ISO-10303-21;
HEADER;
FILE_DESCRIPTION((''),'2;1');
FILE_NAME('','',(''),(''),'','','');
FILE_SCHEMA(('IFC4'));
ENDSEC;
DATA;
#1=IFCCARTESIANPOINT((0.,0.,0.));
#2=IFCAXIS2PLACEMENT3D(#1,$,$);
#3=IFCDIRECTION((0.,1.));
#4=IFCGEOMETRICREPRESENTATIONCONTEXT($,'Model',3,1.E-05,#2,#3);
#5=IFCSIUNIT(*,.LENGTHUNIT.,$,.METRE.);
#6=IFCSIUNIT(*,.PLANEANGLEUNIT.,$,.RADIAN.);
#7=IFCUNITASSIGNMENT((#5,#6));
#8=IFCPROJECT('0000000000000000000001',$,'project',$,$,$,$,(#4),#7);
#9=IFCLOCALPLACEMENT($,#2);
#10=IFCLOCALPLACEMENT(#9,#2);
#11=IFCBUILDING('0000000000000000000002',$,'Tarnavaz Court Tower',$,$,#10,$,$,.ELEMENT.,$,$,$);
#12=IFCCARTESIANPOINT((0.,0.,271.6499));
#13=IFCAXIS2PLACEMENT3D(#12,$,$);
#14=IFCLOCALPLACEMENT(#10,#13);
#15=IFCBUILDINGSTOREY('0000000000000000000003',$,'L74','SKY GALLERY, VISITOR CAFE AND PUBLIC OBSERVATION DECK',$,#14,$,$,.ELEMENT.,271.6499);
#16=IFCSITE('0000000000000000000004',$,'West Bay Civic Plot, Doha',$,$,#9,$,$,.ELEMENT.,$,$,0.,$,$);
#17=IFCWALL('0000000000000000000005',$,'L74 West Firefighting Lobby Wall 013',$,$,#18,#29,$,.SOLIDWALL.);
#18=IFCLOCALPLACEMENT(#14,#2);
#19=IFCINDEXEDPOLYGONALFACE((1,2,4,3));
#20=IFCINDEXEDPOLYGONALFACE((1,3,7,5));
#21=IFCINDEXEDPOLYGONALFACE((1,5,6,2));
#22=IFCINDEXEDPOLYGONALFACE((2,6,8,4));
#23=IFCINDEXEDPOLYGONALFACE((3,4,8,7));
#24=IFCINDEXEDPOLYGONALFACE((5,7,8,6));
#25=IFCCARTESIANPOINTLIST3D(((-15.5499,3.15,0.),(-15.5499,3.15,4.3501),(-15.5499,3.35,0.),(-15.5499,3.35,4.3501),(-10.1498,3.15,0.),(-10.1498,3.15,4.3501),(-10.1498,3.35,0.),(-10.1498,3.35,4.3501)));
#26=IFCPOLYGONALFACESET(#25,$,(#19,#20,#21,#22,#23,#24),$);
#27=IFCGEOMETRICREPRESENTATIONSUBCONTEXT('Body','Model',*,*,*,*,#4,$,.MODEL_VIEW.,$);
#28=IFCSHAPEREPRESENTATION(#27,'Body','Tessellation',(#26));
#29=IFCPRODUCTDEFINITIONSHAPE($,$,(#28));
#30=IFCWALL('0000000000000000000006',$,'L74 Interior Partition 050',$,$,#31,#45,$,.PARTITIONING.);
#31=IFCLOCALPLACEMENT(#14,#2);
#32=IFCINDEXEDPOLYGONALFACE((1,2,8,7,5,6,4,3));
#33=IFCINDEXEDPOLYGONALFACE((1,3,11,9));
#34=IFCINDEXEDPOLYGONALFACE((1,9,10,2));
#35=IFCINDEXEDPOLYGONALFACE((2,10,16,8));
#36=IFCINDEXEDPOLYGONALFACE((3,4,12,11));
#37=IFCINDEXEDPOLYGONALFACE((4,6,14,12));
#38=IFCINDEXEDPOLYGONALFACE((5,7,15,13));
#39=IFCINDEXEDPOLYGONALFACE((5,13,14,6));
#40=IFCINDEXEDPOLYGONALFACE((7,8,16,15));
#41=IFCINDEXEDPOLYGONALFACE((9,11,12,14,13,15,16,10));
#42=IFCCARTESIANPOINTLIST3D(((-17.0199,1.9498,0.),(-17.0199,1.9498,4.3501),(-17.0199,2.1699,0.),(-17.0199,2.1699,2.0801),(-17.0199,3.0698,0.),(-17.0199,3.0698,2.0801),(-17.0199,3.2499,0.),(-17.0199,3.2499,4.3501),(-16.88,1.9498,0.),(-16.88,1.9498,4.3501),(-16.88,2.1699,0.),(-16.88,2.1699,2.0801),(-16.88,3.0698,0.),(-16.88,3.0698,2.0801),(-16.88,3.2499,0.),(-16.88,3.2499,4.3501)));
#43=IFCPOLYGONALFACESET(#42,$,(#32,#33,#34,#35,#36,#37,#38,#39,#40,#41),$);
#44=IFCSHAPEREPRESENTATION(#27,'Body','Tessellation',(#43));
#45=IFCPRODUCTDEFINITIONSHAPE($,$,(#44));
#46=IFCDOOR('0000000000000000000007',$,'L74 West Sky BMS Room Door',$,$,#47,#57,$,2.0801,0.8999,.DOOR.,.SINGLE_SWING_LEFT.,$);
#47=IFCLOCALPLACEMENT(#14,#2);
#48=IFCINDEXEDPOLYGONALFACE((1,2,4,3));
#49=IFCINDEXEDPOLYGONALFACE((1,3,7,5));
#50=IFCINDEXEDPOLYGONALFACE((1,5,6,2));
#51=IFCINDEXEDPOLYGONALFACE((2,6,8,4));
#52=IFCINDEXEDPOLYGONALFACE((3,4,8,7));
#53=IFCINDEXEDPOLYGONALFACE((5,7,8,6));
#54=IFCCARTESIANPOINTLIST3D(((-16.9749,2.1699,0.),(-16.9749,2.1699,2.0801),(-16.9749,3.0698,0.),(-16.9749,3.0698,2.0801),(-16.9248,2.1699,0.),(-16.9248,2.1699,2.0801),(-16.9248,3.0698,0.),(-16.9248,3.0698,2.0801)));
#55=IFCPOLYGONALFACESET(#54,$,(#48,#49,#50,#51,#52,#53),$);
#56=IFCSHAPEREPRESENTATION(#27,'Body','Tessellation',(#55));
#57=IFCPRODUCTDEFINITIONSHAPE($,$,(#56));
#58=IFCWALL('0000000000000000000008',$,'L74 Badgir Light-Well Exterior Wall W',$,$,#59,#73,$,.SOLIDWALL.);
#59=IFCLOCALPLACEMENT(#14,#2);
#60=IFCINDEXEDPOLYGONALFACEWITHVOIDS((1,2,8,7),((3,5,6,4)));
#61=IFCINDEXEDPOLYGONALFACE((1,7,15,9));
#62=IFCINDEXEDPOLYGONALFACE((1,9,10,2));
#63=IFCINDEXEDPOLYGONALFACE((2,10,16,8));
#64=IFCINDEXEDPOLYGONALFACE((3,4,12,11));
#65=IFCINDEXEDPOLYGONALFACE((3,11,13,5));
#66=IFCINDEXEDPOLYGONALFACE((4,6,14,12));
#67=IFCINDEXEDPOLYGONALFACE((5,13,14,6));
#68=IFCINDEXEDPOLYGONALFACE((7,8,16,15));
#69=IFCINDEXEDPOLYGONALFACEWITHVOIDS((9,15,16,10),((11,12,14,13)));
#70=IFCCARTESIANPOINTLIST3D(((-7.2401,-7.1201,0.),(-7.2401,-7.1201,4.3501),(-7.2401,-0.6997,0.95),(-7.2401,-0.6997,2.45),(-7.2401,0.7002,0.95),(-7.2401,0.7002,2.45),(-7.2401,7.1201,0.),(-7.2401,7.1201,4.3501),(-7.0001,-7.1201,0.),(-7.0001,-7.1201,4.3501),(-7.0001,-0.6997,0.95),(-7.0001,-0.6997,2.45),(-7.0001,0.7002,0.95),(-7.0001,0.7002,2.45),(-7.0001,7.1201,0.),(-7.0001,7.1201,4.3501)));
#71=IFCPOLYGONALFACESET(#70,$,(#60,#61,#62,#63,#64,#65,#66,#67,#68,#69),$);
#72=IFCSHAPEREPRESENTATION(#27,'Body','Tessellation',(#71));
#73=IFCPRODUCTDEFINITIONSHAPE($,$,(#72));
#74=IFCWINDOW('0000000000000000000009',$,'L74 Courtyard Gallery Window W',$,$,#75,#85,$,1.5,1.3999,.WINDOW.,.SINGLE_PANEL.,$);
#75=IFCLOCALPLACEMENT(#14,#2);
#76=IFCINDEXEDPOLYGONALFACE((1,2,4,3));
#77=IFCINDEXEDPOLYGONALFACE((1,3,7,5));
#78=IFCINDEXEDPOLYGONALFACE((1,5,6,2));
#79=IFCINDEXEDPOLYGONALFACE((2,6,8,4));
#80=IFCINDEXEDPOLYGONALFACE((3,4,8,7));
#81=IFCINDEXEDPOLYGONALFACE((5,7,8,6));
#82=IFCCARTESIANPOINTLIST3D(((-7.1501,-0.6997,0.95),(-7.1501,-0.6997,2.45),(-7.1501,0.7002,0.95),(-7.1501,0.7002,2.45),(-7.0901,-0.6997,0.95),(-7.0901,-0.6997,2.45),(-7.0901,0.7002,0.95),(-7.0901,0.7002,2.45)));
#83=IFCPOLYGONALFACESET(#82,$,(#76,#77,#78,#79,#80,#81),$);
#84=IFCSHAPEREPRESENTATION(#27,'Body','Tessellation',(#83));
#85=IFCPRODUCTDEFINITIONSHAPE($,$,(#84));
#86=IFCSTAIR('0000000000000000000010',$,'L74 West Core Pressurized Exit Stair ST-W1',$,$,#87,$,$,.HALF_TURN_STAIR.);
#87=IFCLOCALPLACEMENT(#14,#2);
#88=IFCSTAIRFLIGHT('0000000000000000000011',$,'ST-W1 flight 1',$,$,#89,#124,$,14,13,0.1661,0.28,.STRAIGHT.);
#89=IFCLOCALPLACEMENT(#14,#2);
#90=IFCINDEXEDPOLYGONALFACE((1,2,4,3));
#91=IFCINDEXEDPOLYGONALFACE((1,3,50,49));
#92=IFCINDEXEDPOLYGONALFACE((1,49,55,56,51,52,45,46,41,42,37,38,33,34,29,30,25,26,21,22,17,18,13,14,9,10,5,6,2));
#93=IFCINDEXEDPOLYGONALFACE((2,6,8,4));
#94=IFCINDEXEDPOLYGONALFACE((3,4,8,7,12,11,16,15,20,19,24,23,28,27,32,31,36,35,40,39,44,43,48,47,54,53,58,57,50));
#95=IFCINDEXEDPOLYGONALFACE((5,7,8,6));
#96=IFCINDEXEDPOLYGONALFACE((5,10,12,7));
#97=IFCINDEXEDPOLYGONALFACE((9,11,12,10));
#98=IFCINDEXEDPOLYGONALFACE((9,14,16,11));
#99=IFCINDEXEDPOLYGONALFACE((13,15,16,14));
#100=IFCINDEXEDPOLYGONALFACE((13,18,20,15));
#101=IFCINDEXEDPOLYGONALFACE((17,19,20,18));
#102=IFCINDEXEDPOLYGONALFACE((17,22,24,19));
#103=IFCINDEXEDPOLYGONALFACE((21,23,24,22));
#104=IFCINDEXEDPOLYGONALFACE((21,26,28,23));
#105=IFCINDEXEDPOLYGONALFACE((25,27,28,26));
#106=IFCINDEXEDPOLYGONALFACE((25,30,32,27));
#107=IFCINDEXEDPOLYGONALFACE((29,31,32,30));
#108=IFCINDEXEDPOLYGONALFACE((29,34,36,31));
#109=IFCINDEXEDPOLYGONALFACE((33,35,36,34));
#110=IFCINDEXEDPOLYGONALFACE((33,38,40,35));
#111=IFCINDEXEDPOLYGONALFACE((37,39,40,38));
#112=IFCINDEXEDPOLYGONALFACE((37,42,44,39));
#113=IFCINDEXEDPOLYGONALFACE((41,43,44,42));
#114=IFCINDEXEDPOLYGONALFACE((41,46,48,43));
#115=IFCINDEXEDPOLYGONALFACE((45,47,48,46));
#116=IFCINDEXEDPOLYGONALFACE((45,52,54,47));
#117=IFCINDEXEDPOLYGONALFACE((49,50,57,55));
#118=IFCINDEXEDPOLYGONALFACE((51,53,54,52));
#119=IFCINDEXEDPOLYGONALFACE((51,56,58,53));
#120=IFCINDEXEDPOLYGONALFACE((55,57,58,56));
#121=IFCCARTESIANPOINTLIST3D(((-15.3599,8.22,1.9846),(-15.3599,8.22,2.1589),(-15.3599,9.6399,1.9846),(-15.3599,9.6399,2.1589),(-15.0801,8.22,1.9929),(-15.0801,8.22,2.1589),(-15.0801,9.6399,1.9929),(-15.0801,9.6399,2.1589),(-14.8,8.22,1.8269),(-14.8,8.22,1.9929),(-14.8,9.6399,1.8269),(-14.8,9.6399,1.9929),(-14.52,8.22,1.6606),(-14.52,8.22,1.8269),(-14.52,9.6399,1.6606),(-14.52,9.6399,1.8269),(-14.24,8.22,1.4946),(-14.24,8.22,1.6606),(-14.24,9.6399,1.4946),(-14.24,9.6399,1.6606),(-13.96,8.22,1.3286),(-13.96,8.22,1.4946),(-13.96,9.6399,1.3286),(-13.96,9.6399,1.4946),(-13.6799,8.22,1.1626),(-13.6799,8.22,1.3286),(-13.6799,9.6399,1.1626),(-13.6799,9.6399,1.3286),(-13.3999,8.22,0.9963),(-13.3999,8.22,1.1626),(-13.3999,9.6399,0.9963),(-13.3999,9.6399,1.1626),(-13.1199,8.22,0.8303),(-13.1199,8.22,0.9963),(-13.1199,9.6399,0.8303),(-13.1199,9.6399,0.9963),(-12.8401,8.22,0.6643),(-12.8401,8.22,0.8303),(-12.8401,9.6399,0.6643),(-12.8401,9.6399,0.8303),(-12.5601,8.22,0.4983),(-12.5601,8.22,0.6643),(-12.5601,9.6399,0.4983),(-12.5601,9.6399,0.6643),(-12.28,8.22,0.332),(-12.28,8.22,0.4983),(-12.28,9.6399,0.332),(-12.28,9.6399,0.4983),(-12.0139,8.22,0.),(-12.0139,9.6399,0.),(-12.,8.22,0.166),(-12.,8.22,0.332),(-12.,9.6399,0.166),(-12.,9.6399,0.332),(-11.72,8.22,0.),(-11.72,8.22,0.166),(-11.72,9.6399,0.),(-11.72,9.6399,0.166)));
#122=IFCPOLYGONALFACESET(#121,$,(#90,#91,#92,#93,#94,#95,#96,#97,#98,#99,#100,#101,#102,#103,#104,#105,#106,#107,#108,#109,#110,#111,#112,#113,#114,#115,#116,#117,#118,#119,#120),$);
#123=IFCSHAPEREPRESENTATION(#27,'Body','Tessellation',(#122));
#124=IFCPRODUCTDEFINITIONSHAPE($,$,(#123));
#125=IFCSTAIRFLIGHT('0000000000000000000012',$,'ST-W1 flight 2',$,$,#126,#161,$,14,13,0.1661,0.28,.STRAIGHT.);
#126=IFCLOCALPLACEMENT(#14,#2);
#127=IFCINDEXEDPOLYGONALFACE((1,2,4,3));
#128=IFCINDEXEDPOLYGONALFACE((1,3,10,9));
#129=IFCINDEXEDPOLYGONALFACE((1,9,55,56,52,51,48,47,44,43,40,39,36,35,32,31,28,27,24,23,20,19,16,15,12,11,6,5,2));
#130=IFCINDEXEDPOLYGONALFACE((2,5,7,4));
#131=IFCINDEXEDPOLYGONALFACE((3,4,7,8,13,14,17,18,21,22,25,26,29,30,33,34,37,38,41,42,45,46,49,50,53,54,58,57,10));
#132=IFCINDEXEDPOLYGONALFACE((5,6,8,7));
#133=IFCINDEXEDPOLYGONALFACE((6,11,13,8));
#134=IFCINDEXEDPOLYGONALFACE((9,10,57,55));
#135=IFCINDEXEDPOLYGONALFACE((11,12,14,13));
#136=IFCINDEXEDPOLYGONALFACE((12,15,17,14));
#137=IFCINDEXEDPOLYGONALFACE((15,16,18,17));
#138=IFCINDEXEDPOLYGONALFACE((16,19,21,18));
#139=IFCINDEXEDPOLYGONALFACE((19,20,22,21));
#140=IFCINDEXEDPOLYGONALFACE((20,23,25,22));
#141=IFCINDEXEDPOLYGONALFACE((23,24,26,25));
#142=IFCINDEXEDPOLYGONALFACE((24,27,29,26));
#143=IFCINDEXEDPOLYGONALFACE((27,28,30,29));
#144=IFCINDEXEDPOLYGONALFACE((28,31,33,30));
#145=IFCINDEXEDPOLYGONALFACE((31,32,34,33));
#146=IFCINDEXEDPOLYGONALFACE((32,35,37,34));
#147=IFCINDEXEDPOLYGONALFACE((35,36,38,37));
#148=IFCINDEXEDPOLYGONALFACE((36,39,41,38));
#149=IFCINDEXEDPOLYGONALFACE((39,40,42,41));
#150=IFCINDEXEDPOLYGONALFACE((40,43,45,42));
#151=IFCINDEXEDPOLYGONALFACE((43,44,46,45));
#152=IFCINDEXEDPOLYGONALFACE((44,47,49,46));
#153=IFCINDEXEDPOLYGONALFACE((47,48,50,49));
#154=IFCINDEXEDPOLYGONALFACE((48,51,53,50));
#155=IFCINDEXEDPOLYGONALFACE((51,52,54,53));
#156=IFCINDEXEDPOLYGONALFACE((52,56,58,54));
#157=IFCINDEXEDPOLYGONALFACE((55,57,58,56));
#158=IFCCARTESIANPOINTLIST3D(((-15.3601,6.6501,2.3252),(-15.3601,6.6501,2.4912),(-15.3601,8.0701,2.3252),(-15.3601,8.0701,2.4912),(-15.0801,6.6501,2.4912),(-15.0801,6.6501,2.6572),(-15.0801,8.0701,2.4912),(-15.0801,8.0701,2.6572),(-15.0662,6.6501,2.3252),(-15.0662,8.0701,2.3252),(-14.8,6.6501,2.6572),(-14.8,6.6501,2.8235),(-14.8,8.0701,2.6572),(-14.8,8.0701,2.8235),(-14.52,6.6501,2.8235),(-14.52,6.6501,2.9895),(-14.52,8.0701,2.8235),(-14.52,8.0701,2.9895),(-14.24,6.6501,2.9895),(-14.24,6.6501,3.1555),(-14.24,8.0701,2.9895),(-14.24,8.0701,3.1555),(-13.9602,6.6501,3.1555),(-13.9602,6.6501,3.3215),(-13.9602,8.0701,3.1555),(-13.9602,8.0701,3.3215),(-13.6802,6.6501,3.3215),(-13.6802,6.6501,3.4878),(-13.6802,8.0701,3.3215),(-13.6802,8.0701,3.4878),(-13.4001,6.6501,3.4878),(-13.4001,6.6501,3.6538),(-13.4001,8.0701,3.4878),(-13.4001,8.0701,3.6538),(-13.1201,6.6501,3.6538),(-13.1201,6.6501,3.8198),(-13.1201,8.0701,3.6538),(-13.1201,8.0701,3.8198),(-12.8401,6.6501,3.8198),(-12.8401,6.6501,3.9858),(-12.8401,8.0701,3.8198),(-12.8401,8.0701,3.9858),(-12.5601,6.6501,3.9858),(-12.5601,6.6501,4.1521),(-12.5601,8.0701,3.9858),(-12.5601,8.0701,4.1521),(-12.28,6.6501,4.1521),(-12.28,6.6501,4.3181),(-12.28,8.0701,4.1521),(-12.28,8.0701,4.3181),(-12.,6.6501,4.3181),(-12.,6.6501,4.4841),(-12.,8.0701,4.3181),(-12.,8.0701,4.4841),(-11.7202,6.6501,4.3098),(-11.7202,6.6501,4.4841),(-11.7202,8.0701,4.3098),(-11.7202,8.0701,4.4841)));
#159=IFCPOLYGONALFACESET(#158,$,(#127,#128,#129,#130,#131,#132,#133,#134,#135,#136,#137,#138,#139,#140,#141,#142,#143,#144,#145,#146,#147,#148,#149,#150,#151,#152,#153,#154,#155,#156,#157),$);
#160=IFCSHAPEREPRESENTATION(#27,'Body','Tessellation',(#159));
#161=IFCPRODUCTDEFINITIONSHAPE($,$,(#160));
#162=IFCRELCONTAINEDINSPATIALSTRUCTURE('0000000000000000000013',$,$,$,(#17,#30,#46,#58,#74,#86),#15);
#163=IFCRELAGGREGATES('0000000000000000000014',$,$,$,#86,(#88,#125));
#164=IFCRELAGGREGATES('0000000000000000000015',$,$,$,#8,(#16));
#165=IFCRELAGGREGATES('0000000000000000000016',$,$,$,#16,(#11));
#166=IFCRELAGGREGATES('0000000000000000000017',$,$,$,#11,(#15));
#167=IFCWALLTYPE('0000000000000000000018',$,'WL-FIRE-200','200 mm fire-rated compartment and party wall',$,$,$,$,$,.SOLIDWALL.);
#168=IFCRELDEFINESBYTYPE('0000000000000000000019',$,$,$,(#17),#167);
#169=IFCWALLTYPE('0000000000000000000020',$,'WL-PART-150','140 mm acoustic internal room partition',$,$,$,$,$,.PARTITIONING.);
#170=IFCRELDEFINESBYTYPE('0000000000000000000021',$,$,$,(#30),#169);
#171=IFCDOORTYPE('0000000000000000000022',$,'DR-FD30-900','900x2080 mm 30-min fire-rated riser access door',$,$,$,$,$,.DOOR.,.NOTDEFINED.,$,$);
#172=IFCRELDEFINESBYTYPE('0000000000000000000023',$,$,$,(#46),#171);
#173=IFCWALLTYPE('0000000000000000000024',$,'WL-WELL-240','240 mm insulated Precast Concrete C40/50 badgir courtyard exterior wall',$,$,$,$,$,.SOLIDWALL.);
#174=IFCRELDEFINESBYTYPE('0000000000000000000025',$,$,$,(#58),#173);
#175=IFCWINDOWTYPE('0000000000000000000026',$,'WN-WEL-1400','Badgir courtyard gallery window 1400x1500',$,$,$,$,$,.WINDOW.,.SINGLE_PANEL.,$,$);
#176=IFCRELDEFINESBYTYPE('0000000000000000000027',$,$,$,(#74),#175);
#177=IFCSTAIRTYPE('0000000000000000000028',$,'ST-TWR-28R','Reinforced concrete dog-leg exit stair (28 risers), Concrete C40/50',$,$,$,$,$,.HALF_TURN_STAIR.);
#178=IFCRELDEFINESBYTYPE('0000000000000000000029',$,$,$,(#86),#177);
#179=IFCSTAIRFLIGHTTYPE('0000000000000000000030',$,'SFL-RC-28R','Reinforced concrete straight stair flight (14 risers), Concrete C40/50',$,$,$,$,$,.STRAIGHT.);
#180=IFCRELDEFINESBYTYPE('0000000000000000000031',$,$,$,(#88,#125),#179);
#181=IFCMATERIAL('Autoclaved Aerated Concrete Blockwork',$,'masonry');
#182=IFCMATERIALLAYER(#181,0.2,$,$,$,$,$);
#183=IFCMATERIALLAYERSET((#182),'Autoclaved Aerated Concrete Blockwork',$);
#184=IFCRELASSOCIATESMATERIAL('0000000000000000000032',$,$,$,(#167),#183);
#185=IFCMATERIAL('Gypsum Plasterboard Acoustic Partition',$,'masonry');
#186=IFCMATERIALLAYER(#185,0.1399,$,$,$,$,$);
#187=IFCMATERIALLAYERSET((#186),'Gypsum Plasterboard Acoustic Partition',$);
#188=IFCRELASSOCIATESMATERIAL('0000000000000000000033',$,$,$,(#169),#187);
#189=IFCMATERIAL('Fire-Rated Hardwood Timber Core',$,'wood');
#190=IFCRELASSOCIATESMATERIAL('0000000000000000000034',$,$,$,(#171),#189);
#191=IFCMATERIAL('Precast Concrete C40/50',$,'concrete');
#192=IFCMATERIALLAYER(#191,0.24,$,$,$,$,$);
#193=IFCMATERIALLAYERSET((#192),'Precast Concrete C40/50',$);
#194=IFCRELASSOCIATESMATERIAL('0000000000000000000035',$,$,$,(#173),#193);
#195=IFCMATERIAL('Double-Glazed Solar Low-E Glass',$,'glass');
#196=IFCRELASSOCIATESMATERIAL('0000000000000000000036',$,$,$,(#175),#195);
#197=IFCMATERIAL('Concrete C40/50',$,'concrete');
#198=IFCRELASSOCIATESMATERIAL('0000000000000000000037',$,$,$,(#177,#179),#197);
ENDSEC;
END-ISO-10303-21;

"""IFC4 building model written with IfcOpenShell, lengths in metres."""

from ifc_helpers import new_model, si_unit, direction, frame, frame_2d, origin, place, context, subcontext, project, spatial, polyline, rectangle, outline, extrude, material, layer, layer_set, type_object, element, fill, aggregate, save


model = new_model("IFC4")

# Units and contexts
model_context = context("Model", 3, precision=1e-05, world=origin(), true_north=direction((0.0, 1.0)))
body_context = subcontext(model_context, "Body", "Model", "MODEL_VIEW")
ifc_project = project(units=[si_unit("LENGTHUNIT", "METRE"), si_unit("PLANEANGLEUNIT", "RADIAN")], contexts=[model_context])

# Site, building, storey
site_placement = place(None, origin())
site = spatial("IfcSite", under=ifc_project, at=site_placement, Name="West Bay Civic Plot, Doha", CompositionType="ELEMENT", RefElevation=0.0)
building_placement = place(site_placement, origin())
building = spatial("IfcBuilding", under=site, at=building_placement, Name="Tarnavaz Court Tower", CompositionType="ELEMENT")
storey_placement = place(building_placement, frame((0.0, 0.0, 271.6499)))
storey = spatial("IfcBuildingStorey", under=building, at=storey_placement, Name="L74", Description="SKY GALLERY, VISITOR CAFE AND PUBLIC OBSERVATION DECK", CompositionType="ELEMENT", Elevation=271.6499)

# Shared definitions
ifc_material_1 = material(Name="Fire-Rated Hardwood Timber Core", Category="wood")

# Wall
ifc_material_2 = material(Name="Autoclaved Aerated Concrete Blockwork", Category="masonry")
ifc_layer_1 = layer(ifc_material_2, 0.2)
ifc_layer_set_1 = layer_set([ifc_layer_1], Name="Autoclaved Aerated Concrete Blockwork")
wall_type_1 = type_object("IfcWallType", Name="WL-FIRE-200", Description="200 mm fire-rated compartment and party wall", PredefinedType="SOLIDWALL", material=ifc_layer_set_1)
wall_1_placement = place(storey_placement, frame((-15.55, 3.25, 0.0), z_axis=(0.0, 0.0, 1.0), x_axis=(1.0, 0.0, 0.0)))
element("IfcWall", 1, at=wall_1_placement, inside=storey, type_object=wall_type_1, Name="L74 West Firefighting Lobby Wall 013", PredefinedType="SOLIDWALL", context=body_context, shape_type="SweptSolid", body=[
    extrude(rectangle(XDim=5.4001, YDim=0.2, at=frame_2d((2.7002, 0.0))), origin(), (0.0, 0.0, 1.0), 4.3501),
])

# Wall, opening, door
ifc_material_3 = material(Name="Gypsum Plasterboard Acoustic Partition", Category="masonry")
ifc_layer_2 = layer(ifc_material_3, 0.1399)
ifc_layer_set_2 = layer_set([ifc_layer_2], Name="Gypsum Plasterboard Acoustic Partition")
wall_type_2 = type_object("IfcWallType", Name="WL-PART-150", Description="140 mm acoustic internal room partition", PredefinedType="PARTITIONING", material=ifc_layer_set_2)
wall_2_placement = place(storey_placement, frame((-16.95, 1.95, 0.0), z_axis=(0.0, 0.0, 1.0), x_axis=(0.0, 1.0, 0.0)))
wall_2 = element("IfcWall", 2, at=wall_2_placement, inside=storey, type_object=wall_type_2, Name="L74 Interior Partition 050", PredefinedType="PARTITIONING", context=body_context, shape_type="SweptSolid", body=[
    extrude(rectangle(XDim=1.3, YDim=0.1399, at=frame_2d((0.6499, 0.0))), origin(), (0.0, 0.0, 1.0), 4.3501),
])
opening_1_placement = place(wall_2_placement, frame((0.22, 0.0, 0.0)))
opening_1 = element("IfcOpeningElement", 3, at=opening_1_placement, cuts=wall_2, PredefinedType="OPENING", context=body_context, shape_type="SweptSolid", body=[
    extrude(rectangle(XDim=0.8999, YDim=2.0801, at=frame_2d((0.45, 1.04))), frame((0.0, 0.0798, 0.0), z_axis=(0.0, -1.0, 0.0), x_axis=(1.0, 0.0, 0.0)), (0.0, 0.0, 1.0), 0.1599),
])
door_type_1 = type_object("IfcDoorType", Name="DR-FD30-900", Description="900x2080 mm 30-min fire-rated riser access door", OperationType="NOTDEFINED", PredefinedType="DOOR", material=ifc_material_1)
door_1_placement = place(opening_1_placement, origin())
door_1 = element("IfcDoor", 4, at=door_1_placement, inside=storey, type_object=door_type_1, Name="L74 West Sky BMS Room Door", OperationType="SINGLE_SWING_LEFT", OverallHeight=2.0801, OverallWidth=0.8999, PredefinedType="DOOR", context=body_context, shape_type="SweptSolid", body=[
    extrude(rectangle(XDim=0.8999, YDim=2.0801, at=frame_2d((0.45, 1.04))), frame((0.0, 0.0249, 0.0), z_axis=(0.0, -1.0, 0.0), x_axis=(1.0, 0.0, 0.0)), (0.0, 0.0, 1.0), 0.05),
])
fill(opening_1, door_1)

# Wall, opening, window
ifc_material_4 = material(Name="Precast Concrete C40/50", Category="concrete")
ifc_layer_3 = layer(ifc_material_4, 0.24)
ifc_layer_set_3 = layer_set([ifc_layer_3], Name="Precast Concrete C40/50")
wall_type_3 = type_object("IfcWallType", Name="WL-WELL-240", Description="240 mm insulated Precast Concrete C40/50 badgir courtyard exterior wall", PredefinedType="SOLIDWALL", material=ifc_layer_set_3)
wall_3_placement = place(storey_placement, frame((-7.1201, 7.1201, 0.0), z_axis=(0.0, 0.0, 1.0), x_axis=(0.0, -1.0, 0.0)))
wall_3 = element("IfcWall", 5, at=wall_3_placement, inside=storey, type_object=wall_type_3, Name="L74 Badgir Light-Well Exterior Wall W", PredefinedType="SOLIDWALL", context=body_context, shape_type="SweptSolid", body=[
    extrude(rectangle(XDim=14.2402, YDim=0.24, at=frame_2d((7.1201, 0.0))), origin(), (0.0, 0.0, 1.0), 4.3501),
])
opening_2_placement = place(wall_3_placement, frame((6.4199, 0.0, 0.95)))
opening_2 = element("IfcOpeningElement", 6, at=opening_2_placement, cuts=wall_3, PredefinedType="OPENING", context=body_context, shape_type="SweptSolid", body=[
    extrude(rectangle(XDim=1.3999, YDim=1.5, at=frame_2d((0.7, 0.75))), frame((0.0, 0.1299, 0.0), z_axis=(0.0, -1.0, 0.0), x_axis=(1.0, 0.0, 0.0)), (0.0, 0.0, 1.0), 0.26),
])
ifc_material_5 = material(Name="Double-Glazed Solar Low-E Glass", Category="glass")
window_type = type_object("IfcWindowType", Name="WN-WEL-1400", Description="Badgir courtyard gallery window 1400x1500", PartitioningType="SINGLE_PANEL", PredefinedType="WINDOW", material=ifc_material_5)
window_placement = place(opening_2_placement, origin())
window = element("IfcWindow", 7, at=window_placement, inside=storey, type_object=window_type, Name="L74 Courtyard Gallery Window W", OverallHeight=1.5, OverallWidth=1.3999, PartitioningType="SINGLE_PANEL", PredefinedType="WINDOW", context=body_context, shape_type="SweptSolid", body=[
    extrude(rectangle(XDim=1.3999, YDim=1.5, at=frame_2d((0.7, 0.75))), frame((0.0, 0.03, 0.0), z_axis=(0.0, -1.0, 0.0), x_axis=(1.0, 0.0, 0.0)), (0.0, 0.0, 1.0), 0.0601),
])
fill(opening_2, window)

# Stair, stair flights
ifc_material_6 = material(Name="Concrete C40/50", Category="concrete")
stair_type = type_object("IfcStairType", Name="ST-TWR-28R", Description="Reinforced concrete dog-leg exit stair (28 risers), Concrete C40/50", PredefinedType="HALF_TURN_STAIR", material=ifc_material_6)
stair_placement = place(storey_placement, origin())
stair = element("IfcStair", 8, at=stair_placement, inside=storey, type_object=stair_type, Name="L74 West Core Pressurized Exit Stair ST-W1", PredefinedType="HALF_TURN_STAIR")
stair_flight_type = type_object("IfcStairFlightType", Name="SFL-RC-28R", Description="Reinforced concrete straight stair flight (14 risers), Concrete C40/50", PredefinedType="STRAIGHT", material=ifc_material_6)
stair_flight_1_placement = place(storey_placement, frame((-11.72, 8.9299, 0.0), z_axis=(0.0, 0.0, 1.0), x_axis=(-1.0, 0.0, 0.0)))
stair_flight_1 = element("IfcStairFlight", 9, at=stair_flight_1_placement, type_object=stair_flight_type, Name="ST-W1 flight 1", NumberOfRisers=14, NumberOfTreads=13, PredefinedType="STRAIGHT", RiserHeight=0.1661, TreadLength=0.28, context=body_context, shape_type="SweptSolid", body=[
    extrude(outline(polyline([(0.0, 0.0), (0.0, 0.166), (0.28, 0.166), (0.28, 0.332), (0.5601, 0.332), (0.5601, 0.4983), (0.8401, 0.4983), (0.8401, 0.6643), (1.1201, 0.6643), (1.1201, 0.8303), (1.3999, 0.8303), (1.3999, 0.9963), (1.6799, 0.9963), (1.6799, 1.1626), (1.96, 1.1626), (1.96, 1.3286), (2.24, 1.3286), (2.24, 1.4946), (2.52, 1.4946), (2.52, 1.6606), (2.8, 1.6606), (2.8, 1.8269), (3.0801, 1.8269), (3.0801, 1.9929), (3.3601, 1.9929), (3.3601, 2.1589), (3.6399, 2.1589), (3.6399, 2.325), (3.6399, 1.9846), (0.2939, 0.0), (0.0, 0.0)])), frame((0.0, 0.71, 0.0), z_axis=(0.0, -1.0, 0.0), x_axis=(1.0, 0.0, 0.0)), (0.0, 0.0, 1.0), 1.4199),
])
stair_flight_2_placement = place(storey_placement, frame((-15.3601, 7.3601, 2.3252), z_axis=(0.0, 0.0, 1.0), x_axis=(1.0, 0.0, 0.0)))
stair_flight_2 = element("IfcStairFlight", 10, at=stair_flight_2_placement, type_object=stair_flight_type, Name="ST-W1 flight 2", NumberOfRisers=14, NumberOfTreads=13, PredefinedType="STRAIGHT", RiserHeight=0.1661, TreadLength=0.28, context=body_context, shape_type="SweptSolid", body=[
    extrude(outline(polyline([(0.0, 0.0), (0.0, 0.166), (0.28, 0.166), (0.28, 0.332), (0.5601, 0.332), (0.5601, 0.4983), (0.8401, 0.4983), (0.8401, 0.6643), (1.1201, 0.6643), (1.1201, 0.8303), (1.3999, 0.8303), (1.3999, 0.9963), (1.6799, 0.9963), (1.6799, 1.1626), (1.96, 1.1626), (1.96, 1.3286), (2.24, 1.3286), (2.24, 1.4946), (2.52, 1.4946), (2.52, 1.6606), (2.8, 1.6606), (2.8, 1.8269), (3.0801, 1.8269), (3.0801, 1.9929), (3.3601, 1.9929), (3.3601, 2.1589), (3.6399, 2.1589), (3.6399, 2.325), (3.6399, 1.9846), (0.2939, 0.0), (0.0, 0.0)])), frame((0.0, 0.71, 0.0), z_axis=(0.0, -1.0, 0.0), x_axis=(1.0, 0.0, 0.0)), (0.0, 0.0, 1.0), 1.4199),
])
aggregate(stair, [stair_flight_1, stair_flight_2])

save(model, "model.ifc")
